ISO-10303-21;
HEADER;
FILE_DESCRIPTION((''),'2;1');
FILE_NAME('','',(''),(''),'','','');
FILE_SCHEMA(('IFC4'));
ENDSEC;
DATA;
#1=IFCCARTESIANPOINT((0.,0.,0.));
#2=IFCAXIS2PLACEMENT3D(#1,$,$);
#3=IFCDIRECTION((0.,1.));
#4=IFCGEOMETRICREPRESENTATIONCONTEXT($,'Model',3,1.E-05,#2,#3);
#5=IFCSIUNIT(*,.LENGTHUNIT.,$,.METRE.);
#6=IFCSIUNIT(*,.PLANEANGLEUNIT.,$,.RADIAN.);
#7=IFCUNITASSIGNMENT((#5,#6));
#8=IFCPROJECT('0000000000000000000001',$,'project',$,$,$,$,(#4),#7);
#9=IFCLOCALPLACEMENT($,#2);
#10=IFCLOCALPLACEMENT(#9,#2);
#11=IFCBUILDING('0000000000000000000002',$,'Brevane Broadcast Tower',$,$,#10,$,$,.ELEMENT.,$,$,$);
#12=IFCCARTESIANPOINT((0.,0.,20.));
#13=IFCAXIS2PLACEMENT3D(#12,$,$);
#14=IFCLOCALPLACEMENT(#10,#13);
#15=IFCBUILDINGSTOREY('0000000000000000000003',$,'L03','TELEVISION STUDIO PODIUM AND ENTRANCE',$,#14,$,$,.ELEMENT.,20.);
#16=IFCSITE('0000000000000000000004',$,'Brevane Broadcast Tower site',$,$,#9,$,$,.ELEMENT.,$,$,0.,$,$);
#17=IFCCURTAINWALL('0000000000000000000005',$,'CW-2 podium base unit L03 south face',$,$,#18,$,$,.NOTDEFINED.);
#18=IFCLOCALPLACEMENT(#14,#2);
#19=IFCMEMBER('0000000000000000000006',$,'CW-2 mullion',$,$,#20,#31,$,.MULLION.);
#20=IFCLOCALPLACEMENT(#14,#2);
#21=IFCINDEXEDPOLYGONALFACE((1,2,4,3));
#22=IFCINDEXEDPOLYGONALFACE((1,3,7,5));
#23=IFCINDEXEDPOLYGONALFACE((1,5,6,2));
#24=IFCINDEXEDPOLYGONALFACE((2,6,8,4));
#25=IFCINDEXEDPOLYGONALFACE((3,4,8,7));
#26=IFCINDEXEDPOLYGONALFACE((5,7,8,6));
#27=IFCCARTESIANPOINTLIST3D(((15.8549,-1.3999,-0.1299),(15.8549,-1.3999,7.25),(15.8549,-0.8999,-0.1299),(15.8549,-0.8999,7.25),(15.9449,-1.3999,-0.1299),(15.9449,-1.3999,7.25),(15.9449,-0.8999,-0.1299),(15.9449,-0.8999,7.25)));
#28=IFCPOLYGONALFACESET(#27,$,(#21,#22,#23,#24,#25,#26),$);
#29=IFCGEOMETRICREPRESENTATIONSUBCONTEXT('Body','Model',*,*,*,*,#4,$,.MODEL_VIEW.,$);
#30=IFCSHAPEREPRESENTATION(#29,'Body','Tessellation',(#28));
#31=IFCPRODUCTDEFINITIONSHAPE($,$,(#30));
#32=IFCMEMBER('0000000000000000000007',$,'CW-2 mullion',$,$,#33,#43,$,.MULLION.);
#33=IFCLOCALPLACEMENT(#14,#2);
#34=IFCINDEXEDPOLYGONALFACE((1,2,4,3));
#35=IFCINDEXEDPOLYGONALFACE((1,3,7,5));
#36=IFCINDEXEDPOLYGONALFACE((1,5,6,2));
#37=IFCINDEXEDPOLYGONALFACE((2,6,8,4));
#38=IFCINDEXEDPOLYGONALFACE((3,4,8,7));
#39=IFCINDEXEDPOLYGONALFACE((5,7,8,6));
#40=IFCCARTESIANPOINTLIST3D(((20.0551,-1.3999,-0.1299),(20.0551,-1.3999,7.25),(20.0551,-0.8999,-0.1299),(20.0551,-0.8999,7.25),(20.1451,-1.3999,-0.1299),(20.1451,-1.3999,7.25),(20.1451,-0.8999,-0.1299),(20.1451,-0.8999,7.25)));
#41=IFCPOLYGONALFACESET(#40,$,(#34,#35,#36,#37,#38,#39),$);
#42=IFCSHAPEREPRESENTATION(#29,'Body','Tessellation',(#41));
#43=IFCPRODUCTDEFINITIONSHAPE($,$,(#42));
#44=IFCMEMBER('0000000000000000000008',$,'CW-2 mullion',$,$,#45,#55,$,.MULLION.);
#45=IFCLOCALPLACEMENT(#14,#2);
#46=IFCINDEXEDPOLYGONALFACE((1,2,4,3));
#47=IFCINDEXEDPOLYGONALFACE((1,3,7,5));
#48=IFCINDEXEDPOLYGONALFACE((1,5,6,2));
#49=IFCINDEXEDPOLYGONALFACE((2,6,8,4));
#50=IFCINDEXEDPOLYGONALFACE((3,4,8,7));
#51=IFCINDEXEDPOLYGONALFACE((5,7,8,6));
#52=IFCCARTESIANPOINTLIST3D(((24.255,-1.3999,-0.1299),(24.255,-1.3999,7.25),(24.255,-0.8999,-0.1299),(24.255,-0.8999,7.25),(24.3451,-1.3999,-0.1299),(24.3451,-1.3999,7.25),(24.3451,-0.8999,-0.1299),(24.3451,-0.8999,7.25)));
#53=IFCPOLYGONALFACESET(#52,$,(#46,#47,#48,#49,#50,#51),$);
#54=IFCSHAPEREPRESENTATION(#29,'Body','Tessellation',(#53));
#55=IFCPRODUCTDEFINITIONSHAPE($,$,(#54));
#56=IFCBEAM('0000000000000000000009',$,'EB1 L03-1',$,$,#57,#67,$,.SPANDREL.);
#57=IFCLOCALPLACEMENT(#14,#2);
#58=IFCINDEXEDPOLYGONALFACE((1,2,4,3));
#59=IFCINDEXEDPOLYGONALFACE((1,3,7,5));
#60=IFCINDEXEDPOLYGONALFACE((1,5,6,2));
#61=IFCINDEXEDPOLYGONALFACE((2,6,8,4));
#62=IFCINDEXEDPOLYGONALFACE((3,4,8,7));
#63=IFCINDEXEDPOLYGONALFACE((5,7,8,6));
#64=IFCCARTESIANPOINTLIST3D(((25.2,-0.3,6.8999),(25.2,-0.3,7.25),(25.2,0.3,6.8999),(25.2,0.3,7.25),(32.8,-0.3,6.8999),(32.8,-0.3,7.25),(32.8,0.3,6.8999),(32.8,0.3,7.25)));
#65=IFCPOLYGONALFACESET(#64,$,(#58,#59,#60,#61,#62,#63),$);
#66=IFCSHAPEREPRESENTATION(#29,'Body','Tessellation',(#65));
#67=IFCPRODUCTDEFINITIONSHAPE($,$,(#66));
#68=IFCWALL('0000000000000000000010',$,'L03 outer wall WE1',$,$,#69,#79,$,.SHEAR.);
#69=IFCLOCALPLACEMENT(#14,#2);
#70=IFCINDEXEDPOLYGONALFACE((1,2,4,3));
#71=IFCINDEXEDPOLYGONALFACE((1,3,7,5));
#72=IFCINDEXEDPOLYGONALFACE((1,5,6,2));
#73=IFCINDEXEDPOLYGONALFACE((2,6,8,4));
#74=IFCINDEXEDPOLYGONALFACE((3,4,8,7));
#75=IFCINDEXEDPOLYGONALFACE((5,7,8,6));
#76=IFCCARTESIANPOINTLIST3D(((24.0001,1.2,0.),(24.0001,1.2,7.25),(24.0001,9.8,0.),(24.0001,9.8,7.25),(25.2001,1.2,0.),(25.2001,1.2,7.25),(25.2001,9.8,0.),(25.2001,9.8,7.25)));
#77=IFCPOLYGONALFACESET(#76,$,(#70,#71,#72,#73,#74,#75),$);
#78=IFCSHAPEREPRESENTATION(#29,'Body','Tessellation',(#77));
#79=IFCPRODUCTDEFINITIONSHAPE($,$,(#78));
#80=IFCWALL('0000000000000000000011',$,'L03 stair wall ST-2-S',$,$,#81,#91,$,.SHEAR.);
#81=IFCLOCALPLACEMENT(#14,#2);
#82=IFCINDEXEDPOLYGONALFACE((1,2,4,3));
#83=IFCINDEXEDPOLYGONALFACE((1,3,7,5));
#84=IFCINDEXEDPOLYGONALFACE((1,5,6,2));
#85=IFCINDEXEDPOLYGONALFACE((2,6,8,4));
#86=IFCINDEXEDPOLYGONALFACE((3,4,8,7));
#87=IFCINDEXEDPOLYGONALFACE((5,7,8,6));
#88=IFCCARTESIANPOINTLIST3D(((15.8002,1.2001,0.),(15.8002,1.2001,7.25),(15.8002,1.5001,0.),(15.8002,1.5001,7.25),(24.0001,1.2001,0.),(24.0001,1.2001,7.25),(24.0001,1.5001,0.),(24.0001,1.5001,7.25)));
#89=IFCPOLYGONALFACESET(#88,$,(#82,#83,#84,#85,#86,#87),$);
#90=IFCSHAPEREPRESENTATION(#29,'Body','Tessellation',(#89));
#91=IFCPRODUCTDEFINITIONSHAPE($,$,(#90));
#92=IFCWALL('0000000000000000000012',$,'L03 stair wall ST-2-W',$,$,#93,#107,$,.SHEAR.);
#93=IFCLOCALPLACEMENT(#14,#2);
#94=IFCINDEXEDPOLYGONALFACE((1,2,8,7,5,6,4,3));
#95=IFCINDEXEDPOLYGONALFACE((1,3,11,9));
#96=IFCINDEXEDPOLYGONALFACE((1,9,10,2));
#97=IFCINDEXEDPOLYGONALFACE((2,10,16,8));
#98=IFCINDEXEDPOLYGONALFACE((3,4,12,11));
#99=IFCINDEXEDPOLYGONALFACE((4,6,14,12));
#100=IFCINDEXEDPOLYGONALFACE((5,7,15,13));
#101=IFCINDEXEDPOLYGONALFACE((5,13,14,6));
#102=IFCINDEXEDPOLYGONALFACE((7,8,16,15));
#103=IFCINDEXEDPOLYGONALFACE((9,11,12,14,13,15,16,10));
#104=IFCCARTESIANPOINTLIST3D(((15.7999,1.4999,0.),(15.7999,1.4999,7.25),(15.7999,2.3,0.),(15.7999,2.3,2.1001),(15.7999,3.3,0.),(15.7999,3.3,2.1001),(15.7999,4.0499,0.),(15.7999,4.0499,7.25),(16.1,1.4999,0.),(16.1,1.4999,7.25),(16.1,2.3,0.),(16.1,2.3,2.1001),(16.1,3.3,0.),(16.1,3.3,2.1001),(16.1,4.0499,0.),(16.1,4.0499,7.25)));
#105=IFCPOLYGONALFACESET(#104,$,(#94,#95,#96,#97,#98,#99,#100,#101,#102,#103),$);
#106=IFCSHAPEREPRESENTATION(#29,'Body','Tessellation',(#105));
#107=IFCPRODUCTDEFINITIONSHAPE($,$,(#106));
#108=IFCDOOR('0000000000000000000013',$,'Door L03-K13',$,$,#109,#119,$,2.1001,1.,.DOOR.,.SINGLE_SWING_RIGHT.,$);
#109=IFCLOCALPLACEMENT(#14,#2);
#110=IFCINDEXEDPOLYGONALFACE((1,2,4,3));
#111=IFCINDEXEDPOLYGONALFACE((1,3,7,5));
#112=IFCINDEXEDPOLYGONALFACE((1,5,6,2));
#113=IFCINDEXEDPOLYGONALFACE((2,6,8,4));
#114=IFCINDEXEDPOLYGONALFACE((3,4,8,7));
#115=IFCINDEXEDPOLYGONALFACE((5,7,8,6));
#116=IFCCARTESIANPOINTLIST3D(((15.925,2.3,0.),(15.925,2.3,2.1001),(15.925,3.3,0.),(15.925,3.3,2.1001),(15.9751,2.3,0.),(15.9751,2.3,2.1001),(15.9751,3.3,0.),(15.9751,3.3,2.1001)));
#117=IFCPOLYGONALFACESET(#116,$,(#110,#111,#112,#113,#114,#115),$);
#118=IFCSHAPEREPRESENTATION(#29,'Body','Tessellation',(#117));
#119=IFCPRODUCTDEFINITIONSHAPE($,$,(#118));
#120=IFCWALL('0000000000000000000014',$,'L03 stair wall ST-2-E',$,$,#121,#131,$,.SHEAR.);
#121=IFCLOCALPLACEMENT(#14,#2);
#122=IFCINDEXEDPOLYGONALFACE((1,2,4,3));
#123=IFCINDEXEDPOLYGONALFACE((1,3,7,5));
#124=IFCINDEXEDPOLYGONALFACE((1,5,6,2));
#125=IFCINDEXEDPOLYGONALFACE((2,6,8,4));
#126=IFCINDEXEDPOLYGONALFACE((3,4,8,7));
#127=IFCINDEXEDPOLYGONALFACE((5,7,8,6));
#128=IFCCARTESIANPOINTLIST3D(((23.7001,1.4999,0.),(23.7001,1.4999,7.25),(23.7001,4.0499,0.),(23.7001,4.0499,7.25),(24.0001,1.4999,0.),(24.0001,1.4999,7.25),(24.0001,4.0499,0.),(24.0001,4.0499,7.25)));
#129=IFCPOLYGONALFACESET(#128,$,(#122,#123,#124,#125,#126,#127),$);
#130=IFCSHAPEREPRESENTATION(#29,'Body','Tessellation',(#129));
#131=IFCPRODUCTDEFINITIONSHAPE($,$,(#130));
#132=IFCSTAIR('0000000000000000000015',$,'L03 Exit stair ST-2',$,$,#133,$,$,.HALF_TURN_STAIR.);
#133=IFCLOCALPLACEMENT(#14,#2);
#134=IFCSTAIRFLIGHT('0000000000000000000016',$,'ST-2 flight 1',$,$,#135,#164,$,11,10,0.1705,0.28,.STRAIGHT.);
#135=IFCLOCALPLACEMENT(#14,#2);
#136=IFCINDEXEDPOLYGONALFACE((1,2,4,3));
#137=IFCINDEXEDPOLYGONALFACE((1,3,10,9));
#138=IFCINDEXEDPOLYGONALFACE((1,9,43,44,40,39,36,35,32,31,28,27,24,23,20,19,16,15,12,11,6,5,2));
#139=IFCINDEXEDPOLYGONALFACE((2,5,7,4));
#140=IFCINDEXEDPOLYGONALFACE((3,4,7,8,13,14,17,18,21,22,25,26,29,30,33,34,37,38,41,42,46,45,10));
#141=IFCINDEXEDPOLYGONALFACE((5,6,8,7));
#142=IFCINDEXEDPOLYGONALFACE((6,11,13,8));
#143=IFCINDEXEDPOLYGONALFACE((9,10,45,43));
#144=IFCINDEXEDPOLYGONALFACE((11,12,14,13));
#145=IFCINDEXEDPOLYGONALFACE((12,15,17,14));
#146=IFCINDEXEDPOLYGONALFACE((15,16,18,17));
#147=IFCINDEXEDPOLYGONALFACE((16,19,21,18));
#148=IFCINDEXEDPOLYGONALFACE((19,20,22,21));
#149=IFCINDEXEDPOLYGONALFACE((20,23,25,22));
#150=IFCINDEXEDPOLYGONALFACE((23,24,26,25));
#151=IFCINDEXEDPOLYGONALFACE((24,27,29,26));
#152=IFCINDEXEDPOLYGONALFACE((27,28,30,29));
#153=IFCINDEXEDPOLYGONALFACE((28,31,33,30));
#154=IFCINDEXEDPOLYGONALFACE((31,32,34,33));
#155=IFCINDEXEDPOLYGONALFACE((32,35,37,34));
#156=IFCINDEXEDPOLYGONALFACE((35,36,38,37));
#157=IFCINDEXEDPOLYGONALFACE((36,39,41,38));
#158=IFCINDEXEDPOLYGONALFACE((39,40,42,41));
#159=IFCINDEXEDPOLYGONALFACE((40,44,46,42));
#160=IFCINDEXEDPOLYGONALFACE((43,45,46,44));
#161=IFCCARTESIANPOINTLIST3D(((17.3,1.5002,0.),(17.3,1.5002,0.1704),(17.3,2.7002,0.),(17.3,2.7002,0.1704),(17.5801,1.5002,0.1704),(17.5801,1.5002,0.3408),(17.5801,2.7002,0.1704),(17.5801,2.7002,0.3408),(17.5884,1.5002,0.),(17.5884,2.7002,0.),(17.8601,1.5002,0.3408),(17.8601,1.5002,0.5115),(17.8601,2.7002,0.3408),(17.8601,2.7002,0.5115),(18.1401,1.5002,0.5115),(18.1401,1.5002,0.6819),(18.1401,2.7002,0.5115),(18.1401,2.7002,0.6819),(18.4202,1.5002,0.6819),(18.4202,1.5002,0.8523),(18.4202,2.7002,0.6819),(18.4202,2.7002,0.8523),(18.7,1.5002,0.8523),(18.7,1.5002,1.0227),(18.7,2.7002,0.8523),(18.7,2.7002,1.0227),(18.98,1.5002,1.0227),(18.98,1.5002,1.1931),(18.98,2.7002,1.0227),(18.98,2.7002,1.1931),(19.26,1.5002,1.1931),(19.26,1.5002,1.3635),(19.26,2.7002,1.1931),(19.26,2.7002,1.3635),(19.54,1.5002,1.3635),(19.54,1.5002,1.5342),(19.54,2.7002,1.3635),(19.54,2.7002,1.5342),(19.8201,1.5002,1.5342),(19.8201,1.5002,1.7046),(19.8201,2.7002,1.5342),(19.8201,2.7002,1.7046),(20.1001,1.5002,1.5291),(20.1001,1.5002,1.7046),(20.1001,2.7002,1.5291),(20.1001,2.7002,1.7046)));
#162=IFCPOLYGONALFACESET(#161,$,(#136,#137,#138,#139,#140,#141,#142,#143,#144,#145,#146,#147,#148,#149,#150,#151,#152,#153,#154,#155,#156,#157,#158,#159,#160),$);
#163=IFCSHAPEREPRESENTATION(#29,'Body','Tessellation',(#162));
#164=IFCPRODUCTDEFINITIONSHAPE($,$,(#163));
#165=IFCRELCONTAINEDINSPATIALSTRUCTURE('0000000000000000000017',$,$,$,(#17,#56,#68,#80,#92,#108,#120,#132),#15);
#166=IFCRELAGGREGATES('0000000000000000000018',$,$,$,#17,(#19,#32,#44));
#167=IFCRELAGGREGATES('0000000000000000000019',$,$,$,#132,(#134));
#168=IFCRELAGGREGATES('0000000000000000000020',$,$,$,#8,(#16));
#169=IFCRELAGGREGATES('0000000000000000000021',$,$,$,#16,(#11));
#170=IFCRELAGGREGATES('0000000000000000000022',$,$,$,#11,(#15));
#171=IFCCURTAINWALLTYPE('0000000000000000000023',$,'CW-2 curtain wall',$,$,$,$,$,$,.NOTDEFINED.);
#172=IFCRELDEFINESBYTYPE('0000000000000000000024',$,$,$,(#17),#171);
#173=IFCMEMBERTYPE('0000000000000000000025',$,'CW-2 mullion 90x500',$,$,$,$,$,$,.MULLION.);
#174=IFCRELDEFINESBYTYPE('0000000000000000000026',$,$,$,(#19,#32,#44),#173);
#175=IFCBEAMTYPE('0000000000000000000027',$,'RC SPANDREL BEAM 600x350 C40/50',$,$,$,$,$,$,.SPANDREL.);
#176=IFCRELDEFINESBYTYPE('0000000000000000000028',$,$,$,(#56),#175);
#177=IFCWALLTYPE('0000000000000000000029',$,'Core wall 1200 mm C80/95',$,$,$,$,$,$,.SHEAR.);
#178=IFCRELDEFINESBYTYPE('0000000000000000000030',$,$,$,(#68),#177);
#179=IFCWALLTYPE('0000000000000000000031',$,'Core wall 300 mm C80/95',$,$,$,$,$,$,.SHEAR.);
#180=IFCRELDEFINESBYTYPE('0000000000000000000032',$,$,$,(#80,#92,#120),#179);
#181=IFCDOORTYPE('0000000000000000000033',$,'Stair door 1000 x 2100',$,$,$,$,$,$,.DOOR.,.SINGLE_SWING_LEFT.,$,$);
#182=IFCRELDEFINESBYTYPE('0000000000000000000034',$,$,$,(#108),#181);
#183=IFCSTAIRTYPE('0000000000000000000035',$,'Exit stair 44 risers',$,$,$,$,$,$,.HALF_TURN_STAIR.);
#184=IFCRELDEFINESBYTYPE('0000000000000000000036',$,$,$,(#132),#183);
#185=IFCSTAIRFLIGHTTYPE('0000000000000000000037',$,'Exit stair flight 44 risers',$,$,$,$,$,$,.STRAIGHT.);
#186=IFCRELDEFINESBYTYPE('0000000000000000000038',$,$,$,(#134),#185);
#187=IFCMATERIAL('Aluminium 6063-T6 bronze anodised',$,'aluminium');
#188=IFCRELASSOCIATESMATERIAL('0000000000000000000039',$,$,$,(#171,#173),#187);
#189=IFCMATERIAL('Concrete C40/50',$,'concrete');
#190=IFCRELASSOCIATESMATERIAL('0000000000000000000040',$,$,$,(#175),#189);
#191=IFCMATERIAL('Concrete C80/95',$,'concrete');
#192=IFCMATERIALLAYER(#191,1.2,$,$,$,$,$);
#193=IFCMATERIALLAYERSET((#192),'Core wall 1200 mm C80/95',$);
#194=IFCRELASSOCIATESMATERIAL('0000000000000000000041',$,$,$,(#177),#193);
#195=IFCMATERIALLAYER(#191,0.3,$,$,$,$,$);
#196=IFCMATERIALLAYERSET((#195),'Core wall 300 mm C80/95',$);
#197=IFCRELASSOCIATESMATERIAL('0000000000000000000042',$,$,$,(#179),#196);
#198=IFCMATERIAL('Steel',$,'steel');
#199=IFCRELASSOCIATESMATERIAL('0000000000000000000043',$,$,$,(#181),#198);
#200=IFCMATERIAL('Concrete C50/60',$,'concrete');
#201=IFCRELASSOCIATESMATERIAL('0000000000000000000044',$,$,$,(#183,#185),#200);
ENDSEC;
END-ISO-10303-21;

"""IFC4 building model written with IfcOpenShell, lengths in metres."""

from ifc_helpers import new_model, si_unit, direction, frame, frame_2d, origin, origin_2d, place, context, subcontext, project, spatial, polyline, rectangle, outline, extrude, material, layer, layer_set, material_profile, profile_set, type_object, element, fill, aggregate, save


model = new_model("IFC4")

# Units and contexts
model_context = context("Model", 3, precision=1e-05, world=origin(), true_north=direction((0.0, 1.0)))
body_context = subcontext(model_context, "Body", "Model", "MODEL_VIEW")
ifc_project = project(units=[si_unit("LENGTHUNIT", "METRE"), si_unit("PLANEANGLEUNIT", "RADIAN")], contexts=[model_context])

# Site, building, storey
site_placement = place(None, origin())
site = spatial("IfcSite", under=ifc_project, at=site_placement, Name="Brevane Broadcast Tower site", CompositionType="ELEMENT", RefElevation=0.0)
building_placement = place(site_placement, origin())
building = spatial("IfcBuilding", under=site, at=building_placement, Name="Brevane Broadcast Tower", CompositionType="ELEMENT")
storey_placement = place(building_placement, frame((0.0, 0.0, 20.0)))
storey = spatial("IfcBuildingStorey", under=building, at=storey_placement, Name="L03", Description="TELEVISION STUDIO PODIUM AND ENTRANCE", CompositionType="ELEMENT", Elevation=20.0)

# Curtain wall, members
ifc_material_1 = material(Name="Aluminium 6063-T6 bronze anodised", Category="aluminium")
curtain_wall_type = type_object("IfcCurtainWallType", Name="CW-2 curtain wall", PredefinedType="NOTDEFINED", material=ifc_material_1)
curtain_wall_placement = place(storey_placement, origin())
curtain_wall = element("IfcCurtainWall", 1, at=curtain_wall_placement, inside=storey, type_object=curtain_wall_type, Name="CW-2 podium base unit L03 south face", PredefinedType="NOTDEFINED")
ifc_material_profile_1 = material_profile(ifc_material_1, rectangle(XDim=0.5, YDim=0.0901, at=origin_2d()), Name="RECT 90x500")
ifc_profile_set_1 = profile_set([ifc_material_profile_1], Name="Aluminium 6063-T6 bronze anodised")
member_type = type_object("IfcMemberType", Name="CW-2 mullion 90x500", PredefinedType="MULLION", material=ifc_profile_set_1)
member_1_placement = place(storey_placement, frame((15.8999, -1.1499, -0.1299), z_axis=(0.0, 0.0, 1.0), x_axis=(0.0, 1.0, 0.0)))
member_1 = element("IfcMember", 2, at=member_1_placement, type_object=member_type, Name="CW-2 mullion", PredefinedType="MULLION", context=body_context, shape_type="SweptSolid", body=[
    extrude(rectangle(XDim=0.5, YDim=0.0901, at=origin_2d()), origin(), (0.0, 0.0, 1.0), 7.3799),
])
member_2_placement = place(storey_placement, frame((20.1001, -1.1499, -0.1299), z_axis=(0.0, 0.0, 1.0), x_axis=(0.0, 1.0, 0.0)))
member_2 = element("IfcMember", 3, at=member_2_placement, type_object=member_type, Name="CW-2 mullion", PredefinedType="MULLION", context=body_context, shape_type="SweptSolid", body=[
    extrude(rectangle(XDim=0.5, YDim=0.0901, at=origin_2d()), origin(), (0.0, 0.0, 1.0), 7.3799),
])
member_3_placement = place(storey_placement, frame((24.3, -1.1499, -0.1299), z_axis=(0.0, 0.0, 1.0), x_axis=(0.0, 1.0, 0.0)))
member_3 = element("IfcMember", 4, at=member_3_placement, type_object=member_type, Name="CW-2 mullion", PredefinedType="MULLION", context=body_context, shape_type="SweptSolid", body=[
    extrude(rectangle(XDim=0.5, YDim=0.0901, at=origin_2d()), origin(), (0.0, 0.0, 1.0), 7.3799),
])
aggregate(curtain_wall, [member_1, member_2, member_3])

# Beam
ifc_material_2 = material(Name="Concrete C40/50", Category="concrete")
ifc_material_profile_2 = material_profile(ifc_material_2, rectangle(XDim=0.6001, YDim=0.3501, at=origin_2d()), Name="RC 600x350")
ifc_profile_set_2 = profile_set([ifc_material_profile_2], Name="Concrete C40/50")
beam_type = type_object("IfcBeamType", Name="RC SPANDREL BEAM 600x350 C40/50", PredefinedType="SPANDREL", material=ifc_profile_set_2)
beam_placement = place(storey_placement, frame((25.2, 0.0, 7.075), z_axis=(1.0, 0.0, 0.0), x_axis=(0.0, 1.0, 0.0)))
element("IfcBeam", 5, at=beam_placement, inside=storey, type_object=beam_type, Name="EB1 L03-1", PredefinedType="SPANDREL", context=body_context, shape_type="SweptSolid", body=[
    extrude(rectangle(XDim=0.6001, YDim=0.3501, at=origin_2d()), origin(), (0.0, 0.0, 1.0), 7.6001),
])

# Walls
ifc_material_3 = material(Name="Concrete C80/95", Category="concrete")
ifc_layer_1 = layer(ifc_material_3, 1.2)
ifc_layer_set_1 = layer_set([ifc_layer_1], Name="Core wall 1200 mm C80/95")
wall_type_1 = type_object("IfcWallType", Name="Core wall 1200 mm C80/95", PredefinedType="SHEAR", material=ifc_layer_set_1)
wall_1_placement = place(storey_placement, frame((24.6001, 1.2, 0.0), z_axis=(0.0, 0.0, 1.0), x_axis=(0.0, 1.0, 0.0)))
element("IfcWall", 6, at=wall_1_placement, inside=storey, type_object=wall_type_1, Name="L03 outer wall WE1", PredefinedType="SHEAR", context=body_context, shape_type="SweptSolid", body=[
    extrude(rectangle(XDim=8.6001, YDim=1.2, at=frame_2d((4.3, 0.0))), origin(), (0.0, 0.0, 1.0), 7.25),
])
ifc_layer_2 = layer(ifc_material_3, 0.3)
ifc_layer_set_2 = layer_set([ifc_layer_2], Name="Core wall 300 mm C80/95")
wall_type_2 = type_object("IfcWallType", Name="Core wall 300 mm C80/95", PredefinedType="SHEAR", material=ifc_layer_set_2)
wall_2_placement = place(storey_placement, frame((15.8, 1.3501, 0.0), z_axis=(0.0, 0.0, 1.0), x_axis=(1.0, 0.0, 0.0)))
element("IfcWall", 7, at=wall_2_placement, inside=storey, type_object=wall_type_2, Name="L03 stair wall ST-2-S", PredefinedType="SHEAR", context=body_context, shape_type="SweptSolid", body=[
    extrude(rectangle(XDim=8.2, YDim=0.3, at=frame_2d((4.1001, 0.0))), origin(), (0.0, 0.0, 1.0), 7.25),
])

# Wall, opening, door
wall_3_placement = place(storey_placement, frame((15.95, 1.5, 0.0), z_axis=(0.0, 0.0, 1.0), x_axis=(0.0, 1.0, 0.0)))
wall_3 = element("IfcWall", 8, at=wall_3_placement, inside=storey, type_object=wall_type_2, Name="L03 stair wall ST-2-W", PredefinedType="SHEAR", context=body_context, shape_type="SweptSolid", body=[
    extrude(rectangle(XDim=2.55, YDim=0.3, at=frame_2d((1.2749, 0.0))), origin(), (0.0, 0.0, 1.0), 7.25),
])
opening_placement = place(wall_3_placement, frame((0.8, 0.0, 0.0)))
opening = element("IfcOpeningElement", 9, at=opening_placement, cuts=wall_3, PredefinedType="OPENING", context=body_context, shape_type="SweptSolid", body=[
    extrude(rectangle(XDim=1.0, YDim=2.1001, at=frame_2d((0.5, 1.05))), frame((0.0, 0.1599, 0.0), z_axis=(0.0, -1.0, 0.0), x_axis=(1.0, 0.0, 0.0)), (0.0, 0.0, 1.0), 0.3201),
])
ifc_material_4 = material(Name="Steel", Category="steel")
door_type = type_object("IfcDoorType", Name="Stair door 1000 x 2100", OperationType="SINGLE_SWING_LEFT", PredefinedType="DOOR", material=ifc_material_4)
door_placement = place(opening_placement, origin())
door = element("IfcDoor", 10, at=door_placement, inside=storey, type_object=door_type, Name="Door L03-K13", OperationType="SINGLE_SWING_RIGHT", OverallHeight=2.1001, OverallWidth=1.0, PredefinedType="DOOR", context=body_context, shape_type="SweptSolid", body=[
    extrude(rectangle(XDim=1.0, YDim=2.1001, at=frame_2d((0.5, 1.05))), frame((0.0, 0.0249, 0.0), z_axis=(0.0, -1.0, 0.0), x_axis=(1.0, 0.0, 0.0)), (0.0, 0.0, 1.0), 0.05),
])
fill(opening, door)

# Wall
wall_4_placement = place(storey_placement, frame((23.8501, 1.5, 0.0), z_axis=(0.0, 0.0, 1.0), x_axis=(0.0, 1.0, 0.0)))
element("IfcWall", 11, at=wall_4_placement, inside=storey, type_object=wall_type_2, Name="L03 stair wall ST-2-E", PredefinedType="SHEAR", context=body_context, shape_type="SweptSolid", body=[
    extrude(rectangle(XDim=2.55, YDim=0.3, at=frame_2d((1.2749, 0.0))), origin(), (0.0, 0.0, 1.0), 7.25),
])

# Stair, stair flight
ifc_material_5 = material(Name="Concrete C50/60", Category="concrete")
stair_type = type_object("IfcStairType", Name="Exit stair 44 risers", PredefinedType="HALF_TURN_STAIR", material=ifc_material_5)
stair_placement = place(storey_placement, origin())
stair = element("IfcStair", 12, at=stair_placement, inside=storey, type_object=stair_type, Name="L03 Exit stair ST-2", PredefinedType="HALF_TURN_STAIR")
stair_flight_type = type_object("IfcStairFlightType", Name="Exit stair flight 44 risers", PredefinedType="STRAIGHT", material=ifc_material_5)
stair_flight_1_placement = place(storey_placement, frame((17.3, 2.1001, 0.0), z_axis=(0.0, 0.0, 1.0), x_axis=(1.0, 0.0, 0.0)))
stair_flight_1 = element("IfcStairFlight", 13, at=stair_flight_1_placement, type_object=stair_flight_type, Name="ST-2 flight 1", NumberOfRisers=11, NumberOfTreads=10, PredefinedType="STRAIGHT", RiserHeight=0.1705, TreadLength=0.28, context=body_context, shape_type="SweptSolid", body=[
    extrude(outline(polyline([(0.0, 0.0), (0.0, 0.1704), (0.28, 0.1704), (0.28, 0.3408), (0.5601, 0.3408), (0.5601, 0.5115), (0.8401, 0.5115), (0.8401, 0.6819), (1.1201, 0.6819), (1.1201, 0.8523), (1.3999, 0.8523), (1.3999, 1.0227), (1.6799, 1.0227), (1.6799, 1.1931), (1.96, 1.1931), (1.96, 1.3635), (2.24, 1.3635), (2.24, 1.5342), (2.52, 1.5342), (2.52, 1.7046), (2.8, 1.7046), (2.8, 1.875), (2.8, 1.5291), (0.2883, 0.0), (0.0, 0.0)])), frame((0.0, 0.6001, 0.0), z_axis=(0.0, -1.0, 0.0), x_axis=(1.0, 0.0, 0.0)), (0.0, 0.0, 1.0), 1.2),
])
aggregate(stair, [stair_flight_1])

save(model, "model.ifc")
